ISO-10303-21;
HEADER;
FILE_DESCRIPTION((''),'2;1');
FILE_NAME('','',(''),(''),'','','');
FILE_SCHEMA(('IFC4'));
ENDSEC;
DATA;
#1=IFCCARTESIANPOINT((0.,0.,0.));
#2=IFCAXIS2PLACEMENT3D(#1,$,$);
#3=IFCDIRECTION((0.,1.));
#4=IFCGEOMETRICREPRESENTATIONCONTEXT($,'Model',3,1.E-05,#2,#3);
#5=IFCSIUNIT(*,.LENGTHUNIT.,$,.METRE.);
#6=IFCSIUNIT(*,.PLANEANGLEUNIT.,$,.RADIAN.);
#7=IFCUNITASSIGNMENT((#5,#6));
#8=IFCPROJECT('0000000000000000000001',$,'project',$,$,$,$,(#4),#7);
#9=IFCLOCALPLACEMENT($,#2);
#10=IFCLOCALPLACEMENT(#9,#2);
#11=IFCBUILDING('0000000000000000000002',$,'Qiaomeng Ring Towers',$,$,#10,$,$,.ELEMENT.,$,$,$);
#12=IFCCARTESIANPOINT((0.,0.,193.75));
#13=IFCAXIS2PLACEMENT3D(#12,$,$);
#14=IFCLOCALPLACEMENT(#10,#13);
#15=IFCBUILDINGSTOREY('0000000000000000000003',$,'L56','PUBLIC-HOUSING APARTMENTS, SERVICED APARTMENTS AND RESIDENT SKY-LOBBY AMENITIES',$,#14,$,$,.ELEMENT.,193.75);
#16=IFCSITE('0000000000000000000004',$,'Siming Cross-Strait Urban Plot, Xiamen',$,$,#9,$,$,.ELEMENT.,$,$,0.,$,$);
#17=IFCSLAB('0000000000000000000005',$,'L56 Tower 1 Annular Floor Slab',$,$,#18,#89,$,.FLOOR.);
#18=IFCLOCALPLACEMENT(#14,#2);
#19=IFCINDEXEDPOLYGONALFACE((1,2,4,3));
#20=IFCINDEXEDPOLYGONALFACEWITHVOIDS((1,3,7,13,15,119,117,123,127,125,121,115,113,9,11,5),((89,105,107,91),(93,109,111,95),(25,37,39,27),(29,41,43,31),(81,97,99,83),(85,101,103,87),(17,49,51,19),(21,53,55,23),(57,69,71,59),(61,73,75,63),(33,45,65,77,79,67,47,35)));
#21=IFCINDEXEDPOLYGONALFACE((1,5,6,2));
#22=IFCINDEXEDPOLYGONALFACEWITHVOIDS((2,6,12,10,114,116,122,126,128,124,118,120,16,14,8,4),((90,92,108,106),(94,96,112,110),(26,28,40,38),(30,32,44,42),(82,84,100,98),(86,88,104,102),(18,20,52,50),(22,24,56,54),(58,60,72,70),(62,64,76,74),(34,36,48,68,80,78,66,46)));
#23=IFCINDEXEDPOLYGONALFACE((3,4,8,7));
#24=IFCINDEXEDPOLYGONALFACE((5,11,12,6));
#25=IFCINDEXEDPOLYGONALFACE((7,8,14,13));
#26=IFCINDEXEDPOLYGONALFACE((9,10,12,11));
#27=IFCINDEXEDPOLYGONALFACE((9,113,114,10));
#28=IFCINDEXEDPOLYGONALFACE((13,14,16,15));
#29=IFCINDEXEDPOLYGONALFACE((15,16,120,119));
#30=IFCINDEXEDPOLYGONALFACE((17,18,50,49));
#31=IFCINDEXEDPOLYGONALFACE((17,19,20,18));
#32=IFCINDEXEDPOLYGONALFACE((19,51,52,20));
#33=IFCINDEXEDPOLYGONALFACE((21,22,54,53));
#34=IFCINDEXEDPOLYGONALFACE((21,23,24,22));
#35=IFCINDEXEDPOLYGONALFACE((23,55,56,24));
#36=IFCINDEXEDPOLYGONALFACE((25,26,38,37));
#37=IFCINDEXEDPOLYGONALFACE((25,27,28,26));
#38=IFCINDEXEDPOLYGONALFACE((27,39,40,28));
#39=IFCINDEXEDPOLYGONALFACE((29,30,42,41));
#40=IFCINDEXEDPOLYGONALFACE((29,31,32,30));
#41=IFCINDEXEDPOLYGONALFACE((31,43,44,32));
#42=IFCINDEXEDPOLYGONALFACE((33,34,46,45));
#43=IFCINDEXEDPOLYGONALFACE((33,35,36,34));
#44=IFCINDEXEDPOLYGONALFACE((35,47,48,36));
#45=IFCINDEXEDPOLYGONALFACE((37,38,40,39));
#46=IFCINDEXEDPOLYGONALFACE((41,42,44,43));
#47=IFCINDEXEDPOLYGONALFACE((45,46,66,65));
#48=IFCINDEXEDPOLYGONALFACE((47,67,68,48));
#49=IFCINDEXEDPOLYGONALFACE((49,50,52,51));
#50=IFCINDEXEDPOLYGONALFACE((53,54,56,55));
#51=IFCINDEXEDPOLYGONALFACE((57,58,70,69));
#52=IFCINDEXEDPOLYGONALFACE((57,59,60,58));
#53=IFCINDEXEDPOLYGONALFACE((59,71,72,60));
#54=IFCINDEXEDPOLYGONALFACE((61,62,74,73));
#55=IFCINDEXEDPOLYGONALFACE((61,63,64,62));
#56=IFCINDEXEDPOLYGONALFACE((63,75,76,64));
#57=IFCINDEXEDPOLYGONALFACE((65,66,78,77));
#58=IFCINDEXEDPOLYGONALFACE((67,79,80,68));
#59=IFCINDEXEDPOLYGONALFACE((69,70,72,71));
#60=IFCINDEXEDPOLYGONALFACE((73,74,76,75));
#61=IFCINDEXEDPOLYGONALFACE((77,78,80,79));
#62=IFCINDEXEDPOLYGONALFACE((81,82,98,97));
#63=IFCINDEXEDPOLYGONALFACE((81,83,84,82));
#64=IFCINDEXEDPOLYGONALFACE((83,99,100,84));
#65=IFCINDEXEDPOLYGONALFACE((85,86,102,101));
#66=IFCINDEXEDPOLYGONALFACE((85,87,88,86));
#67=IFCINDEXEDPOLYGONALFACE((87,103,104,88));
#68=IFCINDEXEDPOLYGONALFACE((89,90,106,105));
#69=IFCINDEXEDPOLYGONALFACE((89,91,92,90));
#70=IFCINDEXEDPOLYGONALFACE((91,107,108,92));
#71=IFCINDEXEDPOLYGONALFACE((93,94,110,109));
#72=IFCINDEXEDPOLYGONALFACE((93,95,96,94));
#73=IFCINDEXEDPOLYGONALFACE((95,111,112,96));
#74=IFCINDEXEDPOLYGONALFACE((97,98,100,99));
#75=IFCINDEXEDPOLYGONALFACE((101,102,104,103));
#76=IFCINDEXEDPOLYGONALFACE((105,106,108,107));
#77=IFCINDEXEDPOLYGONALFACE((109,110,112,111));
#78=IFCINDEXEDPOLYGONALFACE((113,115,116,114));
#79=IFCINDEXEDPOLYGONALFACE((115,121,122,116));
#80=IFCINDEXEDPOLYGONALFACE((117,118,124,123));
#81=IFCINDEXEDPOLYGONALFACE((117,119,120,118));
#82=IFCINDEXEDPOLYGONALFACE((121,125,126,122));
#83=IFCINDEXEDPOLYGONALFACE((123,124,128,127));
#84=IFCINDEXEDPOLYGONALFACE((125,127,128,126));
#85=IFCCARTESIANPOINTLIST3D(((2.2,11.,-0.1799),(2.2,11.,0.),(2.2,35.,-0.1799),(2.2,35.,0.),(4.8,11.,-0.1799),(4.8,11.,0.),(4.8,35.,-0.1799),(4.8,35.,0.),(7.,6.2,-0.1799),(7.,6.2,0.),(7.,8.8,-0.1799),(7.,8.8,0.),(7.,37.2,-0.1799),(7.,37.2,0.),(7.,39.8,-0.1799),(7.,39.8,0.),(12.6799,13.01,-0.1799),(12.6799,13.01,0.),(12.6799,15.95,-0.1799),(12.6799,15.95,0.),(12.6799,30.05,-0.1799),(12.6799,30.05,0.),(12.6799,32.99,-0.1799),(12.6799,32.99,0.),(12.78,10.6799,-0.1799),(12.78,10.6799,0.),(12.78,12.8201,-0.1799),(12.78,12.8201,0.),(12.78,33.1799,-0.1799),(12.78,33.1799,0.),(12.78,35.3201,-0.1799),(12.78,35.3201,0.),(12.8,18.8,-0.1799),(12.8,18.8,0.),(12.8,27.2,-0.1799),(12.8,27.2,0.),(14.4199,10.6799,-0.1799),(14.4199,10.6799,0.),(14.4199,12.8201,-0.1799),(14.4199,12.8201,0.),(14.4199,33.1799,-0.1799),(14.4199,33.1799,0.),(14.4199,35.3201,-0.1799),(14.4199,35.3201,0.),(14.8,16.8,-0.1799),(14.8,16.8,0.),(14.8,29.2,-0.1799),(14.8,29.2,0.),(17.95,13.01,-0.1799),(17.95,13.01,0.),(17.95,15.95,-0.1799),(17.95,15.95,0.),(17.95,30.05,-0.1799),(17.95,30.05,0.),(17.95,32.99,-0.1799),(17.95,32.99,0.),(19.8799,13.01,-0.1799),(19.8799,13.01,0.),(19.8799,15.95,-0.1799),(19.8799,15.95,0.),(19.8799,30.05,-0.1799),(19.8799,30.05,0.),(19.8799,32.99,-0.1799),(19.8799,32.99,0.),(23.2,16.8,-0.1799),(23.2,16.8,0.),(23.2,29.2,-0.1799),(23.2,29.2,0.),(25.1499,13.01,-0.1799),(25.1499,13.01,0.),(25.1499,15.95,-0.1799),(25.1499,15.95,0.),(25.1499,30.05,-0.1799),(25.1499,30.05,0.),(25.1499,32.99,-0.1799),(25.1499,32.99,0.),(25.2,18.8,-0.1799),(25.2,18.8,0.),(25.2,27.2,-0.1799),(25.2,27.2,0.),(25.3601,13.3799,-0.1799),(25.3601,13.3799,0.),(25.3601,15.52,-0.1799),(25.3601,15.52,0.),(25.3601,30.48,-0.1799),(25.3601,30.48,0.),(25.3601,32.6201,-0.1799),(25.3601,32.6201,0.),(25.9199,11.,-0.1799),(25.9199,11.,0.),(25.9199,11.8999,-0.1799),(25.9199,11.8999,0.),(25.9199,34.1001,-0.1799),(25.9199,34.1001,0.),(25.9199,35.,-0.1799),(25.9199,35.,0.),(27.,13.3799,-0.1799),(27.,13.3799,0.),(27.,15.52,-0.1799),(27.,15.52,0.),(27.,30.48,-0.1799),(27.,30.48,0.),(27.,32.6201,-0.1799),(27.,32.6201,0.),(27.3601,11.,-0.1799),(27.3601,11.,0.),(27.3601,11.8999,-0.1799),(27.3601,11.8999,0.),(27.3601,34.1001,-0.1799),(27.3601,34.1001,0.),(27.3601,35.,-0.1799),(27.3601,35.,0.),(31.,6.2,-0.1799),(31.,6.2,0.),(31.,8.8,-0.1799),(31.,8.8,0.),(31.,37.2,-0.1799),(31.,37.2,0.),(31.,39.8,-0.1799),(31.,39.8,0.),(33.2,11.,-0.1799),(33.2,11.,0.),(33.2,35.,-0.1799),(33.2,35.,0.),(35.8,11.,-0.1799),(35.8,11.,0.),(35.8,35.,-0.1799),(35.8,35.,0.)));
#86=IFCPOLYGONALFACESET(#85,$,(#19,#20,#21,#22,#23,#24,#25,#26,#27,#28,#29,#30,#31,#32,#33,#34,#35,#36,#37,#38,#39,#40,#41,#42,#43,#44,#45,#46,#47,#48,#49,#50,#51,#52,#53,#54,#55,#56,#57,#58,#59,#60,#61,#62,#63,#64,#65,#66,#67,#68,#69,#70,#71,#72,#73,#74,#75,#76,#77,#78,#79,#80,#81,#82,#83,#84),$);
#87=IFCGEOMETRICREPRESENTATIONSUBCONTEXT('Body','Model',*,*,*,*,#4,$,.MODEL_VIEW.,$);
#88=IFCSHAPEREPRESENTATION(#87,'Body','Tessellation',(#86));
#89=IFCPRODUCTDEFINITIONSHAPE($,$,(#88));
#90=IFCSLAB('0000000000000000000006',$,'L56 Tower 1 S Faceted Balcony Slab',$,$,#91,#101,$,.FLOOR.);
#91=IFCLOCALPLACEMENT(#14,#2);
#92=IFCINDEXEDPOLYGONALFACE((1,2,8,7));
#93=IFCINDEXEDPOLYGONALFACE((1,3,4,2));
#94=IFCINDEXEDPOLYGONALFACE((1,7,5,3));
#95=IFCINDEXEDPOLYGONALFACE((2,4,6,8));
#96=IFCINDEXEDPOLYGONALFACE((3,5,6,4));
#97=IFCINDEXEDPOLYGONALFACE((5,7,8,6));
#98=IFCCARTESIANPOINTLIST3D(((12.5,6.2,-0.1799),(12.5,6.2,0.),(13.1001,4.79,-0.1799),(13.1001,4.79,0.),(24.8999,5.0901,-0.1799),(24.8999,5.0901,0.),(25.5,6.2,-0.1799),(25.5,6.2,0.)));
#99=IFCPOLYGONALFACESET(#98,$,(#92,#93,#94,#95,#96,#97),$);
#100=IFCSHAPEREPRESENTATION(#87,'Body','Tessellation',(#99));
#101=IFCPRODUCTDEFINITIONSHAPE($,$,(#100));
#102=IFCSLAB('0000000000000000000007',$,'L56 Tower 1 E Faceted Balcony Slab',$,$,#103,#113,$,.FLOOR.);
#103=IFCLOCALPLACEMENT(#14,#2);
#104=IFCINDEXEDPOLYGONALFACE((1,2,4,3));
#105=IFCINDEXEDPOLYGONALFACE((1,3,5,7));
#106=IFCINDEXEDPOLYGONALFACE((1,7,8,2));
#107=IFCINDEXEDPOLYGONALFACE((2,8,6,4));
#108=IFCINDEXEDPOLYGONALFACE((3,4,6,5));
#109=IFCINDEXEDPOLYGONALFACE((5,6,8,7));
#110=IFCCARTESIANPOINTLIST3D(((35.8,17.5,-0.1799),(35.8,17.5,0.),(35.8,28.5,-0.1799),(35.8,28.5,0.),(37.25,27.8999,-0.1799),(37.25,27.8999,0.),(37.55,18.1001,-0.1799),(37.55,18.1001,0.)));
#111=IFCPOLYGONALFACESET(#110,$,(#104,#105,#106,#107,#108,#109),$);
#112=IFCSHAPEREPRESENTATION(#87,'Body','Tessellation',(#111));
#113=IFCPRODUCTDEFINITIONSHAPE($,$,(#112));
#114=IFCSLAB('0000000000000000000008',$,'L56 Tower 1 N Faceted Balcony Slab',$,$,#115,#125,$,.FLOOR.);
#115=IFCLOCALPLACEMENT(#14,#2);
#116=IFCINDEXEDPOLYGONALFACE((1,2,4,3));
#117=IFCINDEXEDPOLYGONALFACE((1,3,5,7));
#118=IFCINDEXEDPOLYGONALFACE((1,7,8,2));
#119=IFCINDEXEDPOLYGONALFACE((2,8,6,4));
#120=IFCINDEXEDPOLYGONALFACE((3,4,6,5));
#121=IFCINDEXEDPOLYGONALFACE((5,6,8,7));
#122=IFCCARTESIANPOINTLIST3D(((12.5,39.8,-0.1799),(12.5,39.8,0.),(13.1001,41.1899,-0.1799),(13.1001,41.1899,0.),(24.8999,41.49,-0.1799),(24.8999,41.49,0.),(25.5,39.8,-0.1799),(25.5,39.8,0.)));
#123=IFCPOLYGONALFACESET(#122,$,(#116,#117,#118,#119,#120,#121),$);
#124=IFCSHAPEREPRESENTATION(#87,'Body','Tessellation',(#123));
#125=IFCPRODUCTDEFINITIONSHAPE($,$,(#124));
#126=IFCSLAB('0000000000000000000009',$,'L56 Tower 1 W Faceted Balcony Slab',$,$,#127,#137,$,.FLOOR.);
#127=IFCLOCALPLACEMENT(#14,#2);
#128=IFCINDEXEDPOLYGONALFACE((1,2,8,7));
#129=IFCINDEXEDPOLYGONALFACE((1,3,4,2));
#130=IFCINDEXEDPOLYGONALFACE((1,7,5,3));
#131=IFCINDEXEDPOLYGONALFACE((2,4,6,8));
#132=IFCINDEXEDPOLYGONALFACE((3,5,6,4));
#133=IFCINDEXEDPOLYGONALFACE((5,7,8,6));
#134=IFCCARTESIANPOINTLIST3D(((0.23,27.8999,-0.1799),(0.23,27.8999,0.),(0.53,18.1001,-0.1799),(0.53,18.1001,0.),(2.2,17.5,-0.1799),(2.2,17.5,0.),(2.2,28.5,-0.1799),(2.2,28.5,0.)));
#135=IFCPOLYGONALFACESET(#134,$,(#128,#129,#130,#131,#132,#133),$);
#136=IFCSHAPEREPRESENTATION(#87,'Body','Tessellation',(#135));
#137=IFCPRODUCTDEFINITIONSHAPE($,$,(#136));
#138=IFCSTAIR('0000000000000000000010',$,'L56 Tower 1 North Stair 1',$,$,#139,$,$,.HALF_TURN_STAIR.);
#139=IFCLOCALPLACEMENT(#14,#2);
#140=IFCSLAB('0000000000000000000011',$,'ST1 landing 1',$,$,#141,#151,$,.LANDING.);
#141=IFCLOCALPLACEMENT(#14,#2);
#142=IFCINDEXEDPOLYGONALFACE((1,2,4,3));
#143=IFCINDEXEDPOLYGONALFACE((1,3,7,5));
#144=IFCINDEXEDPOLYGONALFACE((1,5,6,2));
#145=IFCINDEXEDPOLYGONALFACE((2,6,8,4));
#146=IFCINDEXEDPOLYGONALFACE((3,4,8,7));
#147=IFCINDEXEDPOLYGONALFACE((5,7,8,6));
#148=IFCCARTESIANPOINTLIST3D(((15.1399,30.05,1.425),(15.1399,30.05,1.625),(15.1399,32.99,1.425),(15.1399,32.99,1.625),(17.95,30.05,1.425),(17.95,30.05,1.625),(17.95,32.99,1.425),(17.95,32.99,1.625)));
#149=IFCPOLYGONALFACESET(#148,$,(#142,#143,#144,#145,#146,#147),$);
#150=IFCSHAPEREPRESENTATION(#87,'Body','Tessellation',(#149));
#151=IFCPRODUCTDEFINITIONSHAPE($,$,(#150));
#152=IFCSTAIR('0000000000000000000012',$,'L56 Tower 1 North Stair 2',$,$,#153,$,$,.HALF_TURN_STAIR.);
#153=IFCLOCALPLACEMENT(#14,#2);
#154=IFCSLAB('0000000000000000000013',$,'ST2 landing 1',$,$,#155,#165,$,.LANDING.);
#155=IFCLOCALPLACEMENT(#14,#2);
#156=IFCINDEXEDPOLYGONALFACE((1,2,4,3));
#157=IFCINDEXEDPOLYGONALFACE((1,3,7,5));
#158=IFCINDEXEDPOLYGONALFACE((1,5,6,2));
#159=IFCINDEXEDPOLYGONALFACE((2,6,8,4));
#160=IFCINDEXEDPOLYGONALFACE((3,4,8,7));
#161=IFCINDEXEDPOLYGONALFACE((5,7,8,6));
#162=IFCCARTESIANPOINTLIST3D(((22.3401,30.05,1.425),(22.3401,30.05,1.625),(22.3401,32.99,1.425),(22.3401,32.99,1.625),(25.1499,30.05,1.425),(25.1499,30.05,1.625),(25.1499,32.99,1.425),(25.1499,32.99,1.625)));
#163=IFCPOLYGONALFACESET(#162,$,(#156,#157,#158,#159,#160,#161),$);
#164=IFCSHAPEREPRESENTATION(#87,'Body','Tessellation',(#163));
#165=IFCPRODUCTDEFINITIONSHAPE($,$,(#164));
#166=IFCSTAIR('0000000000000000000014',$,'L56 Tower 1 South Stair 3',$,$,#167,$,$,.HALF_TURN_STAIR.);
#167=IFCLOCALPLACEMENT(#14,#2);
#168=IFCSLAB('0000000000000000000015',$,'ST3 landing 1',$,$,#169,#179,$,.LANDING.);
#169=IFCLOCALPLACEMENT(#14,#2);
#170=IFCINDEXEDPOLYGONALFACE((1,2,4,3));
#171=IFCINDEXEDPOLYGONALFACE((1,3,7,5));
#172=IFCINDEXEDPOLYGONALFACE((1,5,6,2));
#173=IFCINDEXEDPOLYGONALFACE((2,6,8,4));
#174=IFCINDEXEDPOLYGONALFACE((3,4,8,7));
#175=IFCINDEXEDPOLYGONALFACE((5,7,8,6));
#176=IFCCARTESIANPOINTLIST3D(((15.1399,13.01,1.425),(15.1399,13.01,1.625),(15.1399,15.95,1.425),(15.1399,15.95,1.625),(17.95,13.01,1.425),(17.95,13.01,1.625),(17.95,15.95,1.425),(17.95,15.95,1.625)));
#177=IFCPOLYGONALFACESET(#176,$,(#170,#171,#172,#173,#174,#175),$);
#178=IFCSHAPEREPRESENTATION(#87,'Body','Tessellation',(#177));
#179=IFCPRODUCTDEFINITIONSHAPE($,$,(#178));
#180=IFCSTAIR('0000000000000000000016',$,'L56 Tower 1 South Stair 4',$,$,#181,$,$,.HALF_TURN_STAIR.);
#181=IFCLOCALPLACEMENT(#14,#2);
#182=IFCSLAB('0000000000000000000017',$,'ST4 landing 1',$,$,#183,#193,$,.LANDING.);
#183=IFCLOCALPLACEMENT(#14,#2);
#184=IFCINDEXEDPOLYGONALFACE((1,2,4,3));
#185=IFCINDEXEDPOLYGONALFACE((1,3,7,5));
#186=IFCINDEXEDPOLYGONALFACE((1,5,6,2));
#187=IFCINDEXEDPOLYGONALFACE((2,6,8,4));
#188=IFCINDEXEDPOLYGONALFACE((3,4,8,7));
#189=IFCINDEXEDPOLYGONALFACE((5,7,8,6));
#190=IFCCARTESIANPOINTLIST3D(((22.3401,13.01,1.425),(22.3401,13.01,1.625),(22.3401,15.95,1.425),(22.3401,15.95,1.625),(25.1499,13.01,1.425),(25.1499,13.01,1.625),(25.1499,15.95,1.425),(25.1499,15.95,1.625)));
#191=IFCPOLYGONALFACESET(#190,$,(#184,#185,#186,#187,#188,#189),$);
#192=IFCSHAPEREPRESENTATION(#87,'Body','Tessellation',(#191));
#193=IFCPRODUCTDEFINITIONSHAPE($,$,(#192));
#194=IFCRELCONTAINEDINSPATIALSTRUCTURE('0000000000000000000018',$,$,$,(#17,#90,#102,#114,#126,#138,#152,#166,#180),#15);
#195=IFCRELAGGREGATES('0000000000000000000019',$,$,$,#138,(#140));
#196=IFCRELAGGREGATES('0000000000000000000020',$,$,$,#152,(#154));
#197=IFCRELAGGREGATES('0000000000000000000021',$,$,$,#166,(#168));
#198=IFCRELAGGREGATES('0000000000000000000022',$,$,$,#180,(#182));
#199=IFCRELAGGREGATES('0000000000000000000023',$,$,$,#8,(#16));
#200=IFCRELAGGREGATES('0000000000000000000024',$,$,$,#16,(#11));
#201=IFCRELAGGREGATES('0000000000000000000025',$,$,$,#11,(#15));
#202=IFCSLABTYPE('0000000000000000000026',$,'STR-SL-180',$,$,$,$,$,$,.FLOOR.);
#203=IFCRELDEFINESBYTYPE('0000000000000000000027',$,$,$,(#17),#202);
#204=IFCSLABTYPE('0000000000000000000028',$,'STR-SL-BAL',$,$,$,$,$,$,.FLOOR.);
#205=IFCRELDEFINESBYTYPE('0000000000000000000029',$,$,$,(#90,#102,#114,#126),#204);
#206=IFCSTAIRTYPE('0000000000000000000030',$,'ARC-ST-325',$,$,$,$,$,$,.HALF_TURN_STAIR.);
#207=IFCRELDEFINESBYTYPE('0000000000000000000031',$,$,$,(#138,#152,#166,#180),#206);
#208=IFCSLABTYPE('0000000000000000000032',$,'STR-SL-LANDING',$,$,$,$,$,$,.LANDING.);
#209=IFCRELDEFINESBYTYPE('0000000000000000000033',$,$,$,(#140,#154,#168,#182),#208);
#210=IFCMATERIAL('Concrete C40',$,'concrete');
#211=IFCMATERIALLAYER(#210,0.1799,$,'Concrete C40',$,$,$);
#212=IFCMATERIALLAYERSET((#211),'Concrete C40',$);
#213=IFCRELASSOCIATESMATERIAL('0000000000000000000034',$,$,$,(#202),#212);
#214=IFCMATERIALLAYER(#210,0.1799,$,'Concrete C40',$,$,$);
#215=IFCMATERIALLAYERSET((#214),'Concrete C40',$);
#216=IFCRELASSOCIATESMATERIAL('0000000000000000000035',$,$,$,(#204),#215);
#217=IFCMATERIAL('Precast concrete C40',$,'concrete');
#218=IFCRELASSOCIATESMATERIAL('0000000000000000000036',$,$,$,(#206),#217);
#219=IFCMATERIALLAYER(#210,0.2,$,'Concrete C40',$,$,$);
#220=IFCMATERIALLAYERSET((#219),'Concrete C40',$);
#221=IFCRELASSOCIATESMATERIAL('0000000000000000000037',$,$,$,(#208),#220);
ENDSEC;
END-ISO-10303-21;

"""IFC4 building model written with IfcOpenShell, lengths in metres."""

from ifc_helpers import new_model, si_unit, direction, frame, origin, place, context, subcontext, project, spatial, polyline, outline, extrude, material, layer, layer_set, type_object, element, aggregate, save


model = new_model("IFC4")

# Units and contexts
model_context = context("Model", 3, precision=1e-05, world=origin(), true_north=direction((0.0, 1.0)))
body_context = subcontext(model_context, "Body", "Model", "MODEL_VIEW")
ifc_project = project(units=[si_unit("LENGTHUNIT", "METRE"), si_unit("PLANEANGLEUNIT", "RADIAN")], contexts=[model_context])

# Site, building, storey
site_placement = place(None, origin())
site = spatial("IfcSite", under=ifc_project, at=site_placement, Name="Siming Cross-Strait Urban Plot, Xiamen", CompositionType="ELEMENT", RefElevation=0.0)
building_placement = place(site_placement, origin())
building = spatial("IfcBuilding", under=site, at=building_placement, Name="Qiaomeng Ring Towers", CompositionType="ELEMENT")
storey_placement = place(building_placement, frame((0.0, 0.0, 193.75)))
storey = spatial("IfcBuildingStorey", under=building, at=storey_placement, Name="L56", Description="PUBLIC-HOUSING APARTMENTS, SERVICED APARTMENTS AND RESIDENT SKY-LOBBY AMENITIES", CompositionType="ELEMENT", Elevation=193.75)

# Slabs
ifc_material_1 = material(Name="Concrete C40", Category="concrete")
ifc_layer_1 = layer(ifc_material_1, 0.1799, Name="Concrete C40")
ifc_layer_set_1 = layer_set([ifc_layer_1], Name="Concrete C40")
slab_type_1 = type_object("IfcSlabType", Name="STR-SL-180", PredefinedType="FLOOR", material=ifc_layer_set_1)
slab_1_placement = place(storey_placement, frame((0.0, 0.0, -0.1799)))
element("IfcSlab", 1, at=slab_1_placement, inside=storey, type_object=slab_type_1, Name="L56 Tower 1 Annular Floor Slab", PredefinedType="FLOOR", context=body_context, shape_type="SweptSolid", body=[
    extrude(outline(polyline([(7.0, 6.2), (31.0, 6.2), (31.0, 8.8), (33.2, 11.0), (35.8, 11.0), (35.8, 35.0), (33.2, 35.0), (31.0, 37.2), (31.0, 39.8), (7.0, 39.8), (7.0, 37.2), (4.8, 35.0), (2.2, 35.0), (2.2, 11.0), (4.8, 11.0), (7.0, 8.8), (7.0, 6.2)]), holes=[polyline([(12.78, 10.6799), (12.78, 12.8201), (14.4199, 12.8201), (14.4199, 10.6799), (12.78, 10.6799)]), polyline([(12.6799, 13.01), (12.6799, 15.95), (17.95, 15.95), (17.95, 13.01), (12.6799, 13.01)]), polyline([(23.2, 29.2), (25.2, 27.2), (25.2, 18.8), (23.2, 16.8), (14.8, 16.8), (12.8, 18.8), (12.8, 27.2), (14.8, 29.2), (23.2, 29.2)]), polyline([(12.6799, 32.99), (17.95, 32.99), (17.95, 30.05), (12.6799, 30.05), (12.6799, 32.99)]), polyline([(19.8799, 32.99), (25.1499, 32.99), (25.1499, 30.05), (19.8799, 30.05), (19.8799, 32.99)]), polyline([(12.78, 33.1799), (12.78, 35.3201), (14.4199, 35.3201), (14.4199, 33.1799), (12.78, 33.1799)]), polyline([(25.9199, 11.8999), (27.3601, 11.8999), (27.3601, 11.0), (25.9199, 11.0), (25.9199, 11.8999)]), polyline([(25.3601, 15.52), (27.0, 15.52), (27.0, 13.3799), (25.3601, 13.3799), (25.3601, 15.52)]), polyline([(19.8799, 13.01), (19.8799, 15.95), (25.1499, 15.95), (25.1499, 13.01), (19.8799, 13.01)]), polyline([(25.3601, 32.6201), (27.0, 32.6201), (27.0, 30.48), (25.3601, 30.48), (25.3601, 32.6201)]), polyline([(25.9199, 35.0), (27.3601, 35.0), (27.3601, 34.1001), (25.9199, 34.1001), (25.9199, 35.0)])]), origin(), (0.0, 0.0, 1.0), 0.1799),
])
ifc_layer_2 = layer(ifc_material_1, 0.1799, Name="Concrete C40")
ifc_layer_set_2 = layer_set([ifc_layer_2], Name="Concrete C40")
slab_type_2 = type_object("IfcSlabType", Name="STR-SL-BAL", PredefinedType="FLOOR", material=ifc_layer_set_2)
slab_2_placement = place(storey_placement, frame((0.0, 0.0, -0.1799)))
element("IfcSlab", 2, at=slab_2_placement, inside=storey, type_object=slab_type_2, Name="L56 Tower 1 S Faceted Balcony Slab", PredefinedType="FLOOR", context=body_context, shape_type="SweptSolid", body=[
    extrude(outline(polyline([(25.5, 6.2), (24.8999, 5.0901), (13.1001, 4.79), (12.5, 6.2), (25.5, 6.2)])), origin(), (0.0, 0.0, 1.0), 0.1799),
])
slab_3_placement = place(storey_placement, frame((0.0, 0.0, -0.1799)))
element("IfcSlab", 3, at=slab_3_placement, inside=storey, type_object=slab_type_2, Name="L56 Tower 1 E Faceted Balcony Slab", PredefinedType="FLOOR", context=body_context, shape_type="SweptSolid", body=[
    extrude(outline(polyline([(37.25, 27.8999), (37.55, 18.1001), (35.8, 17.5), (35.8, 28.5), (37.25, 27.8999)])), origin(), (0.0, 0.0, 1.0), 0.1799),
])
slab_4_placement = place(storey_placement, frame((0.0, 0.0, -0.1799)))
element("IfcSlab", 4, at=slab_4_placement, inside=storey, type_object=slab_type_2, Name="L56 Tower 1 N Faceted Balcony Slab", PredefinedType="FLOOR", context=body_context, shape_type="SweptSolid", body=[
    extrude(outline(polyline([(12.5, 39.8), (13.1001, 41.1899), (24.8999, 41.49), (25.5, 39.8), (12.5, 39.8)])), origin(), (0.0, 0.0, 1.0), 0.1799),
])
slab_5_placement = place(storey_placement, frame((0.0, 0.0, -0.1799)))
element("IfcSlab", 5, at=slab_5_placement, inside=storey, type_object=slab_type_2, Name="L56 Tower 1 W Faceted Balcony Slab", PredefinedType="FLOOR", context=body_context, shape_type="SweptSolid", body=[
    extrude(outline(polyline([(0.53, 18.1001), (0.23, 27.8999), (2.2, 28.5), (2.2, 17.5), (0.53, 18.1001)])), origin(), (0.0, 0.0, 1.0), 0.1799),
])

# Stairs, slabs
ifc_material_2 = material(Name="Precast concrete C40", Category="concrete")
stair_type = type_object("IfcStairType", Name="ARC-ST-325", PredefinedType="HALF_TURN_STAIR", material=ifc_material_2)
stair_1_placement = place(storey_placement, origin())
stair_1 = element("IfcStair", 6, at=stair_1_placement, inside=storey, type_object=stair_type, Name="L56 Tower 1 North Stair 1", PredefinedType="HALF_TURN_STAIR")
ifc_layer_3 = layer(ifc_material_1, 0.2, Name="Concrete C40")
ifc_layer_set_3 = layer_set([ifc_layer_3], Name="Concrete C40")
slab_type_3 = type_object("IfcSlabType", Name="STR-SL-LANDING", PredefinedType="LANDING", material=ifc_layer_set_3)
slab_6_placement = place(storey_placement, frame((0.0, 0.0, 1.425)))
slab_6 = element("IfcSlab", 7, at=slab_6_placement, type_object=slab_type_3, Name="ST1 landing 1", PredefinedType="LANDING", context=body_context, shape_type="SweptSolid", body=[
    extrude(outline(polyline([(15.1399, 30.05), (17.95, 30.05), (17.95, 32.99), (15.1399, 32.99), (15.1399, 30.05)])), origin(), (0.0, 0.0, 1.0), 0.2),
])
aggregate(stair_1, [slab_6])
stair_2_placement = place(storey_placement, origin())
stair_2 = element("IfcStair", 8, at=stair_2_placement, inside=storey, type_object=stair_type, Name="L56 Tower 1 North Stair 2", PredefinedType="HALF_TURN_STAIR")
slab_7_placement = place(storey_placement, frame((0.0, 0.0, 1.425)))
slab_7 = element("IfcSlab", 9, at=slab_7_placement, type_object=slab_type_3, Name="ST2 landing 1", PredefinedType="LANDING", context=body_context, shape_type="SweptSolid", body=[
    extrude(outline(polyline([(22.3401, 30.05), (25.1499, 30.05), (25.1499, 32.99), (22.3401, 32.99), (22.3401, 30.05)])), origin(), (0.0, 0.0, 1.0), 0.2),
])
aggregate(stair_2, [slab_7])
stair_3_placement = place(storey_placement, origin())
stair_3 = element("IfcStair", 10, at=stair_3_placement, inside=storey, type_object=stair_type, Name="L56 Tower 1 South Stair 3", PredefinedType="HALF_TURN_STAIR")
slab_8_placement = place(storey_placement, frame((0.0, 0.0, 1.425)))
slab_8 = element("IfcSlab", 11, at=slab_8_placement, type_object=slab_type_3, Name="ST3 landing 1", PredefinedType="LANDING", context=body_context, shape_type="SweptSolid", body=[
    extrude(outline(polyline([(15.1399, 13.01), (17.95, 13.01), (17.95, 15.95), (15.1399, 15.95), (15.1399, 13.01)])), origin(), (0.0, 0.0, 1.0), 0.2),
])
aggregate(stair_3, [slab_8])
stair_4_placement = place(storey_placement, origin())
stair_4 = element("IfcStair", 12, at=stair_4_placement, inside=storey, type_object=stair_type, Name="L56 Tower 1 South Stair 4", PredefinedType="HALF_TURN_STAIR")
slab_9_placement = place(storey_placement, frame((0.0, 0.0, 1.425)))
slab_9 = element("IfcSlab", 13, at=slab_9_placement, type_object=slab_type_3, Name="ST4 landing 1", PredefinedType="LANDING", context=body_context, shape_type="SweptSolid", body=[
    extrude(outline(polyline([(22.3401, 13.01), (25.1499, 13.01), (25.1499, 15.95), (22.3401, 15.95), (22.3401, 13.01)])), origin(), (0.0, 0.0, 1.0), 0.2),
])
aggregate(stair_4, [slab_9])

save(model, "model.ifc")
